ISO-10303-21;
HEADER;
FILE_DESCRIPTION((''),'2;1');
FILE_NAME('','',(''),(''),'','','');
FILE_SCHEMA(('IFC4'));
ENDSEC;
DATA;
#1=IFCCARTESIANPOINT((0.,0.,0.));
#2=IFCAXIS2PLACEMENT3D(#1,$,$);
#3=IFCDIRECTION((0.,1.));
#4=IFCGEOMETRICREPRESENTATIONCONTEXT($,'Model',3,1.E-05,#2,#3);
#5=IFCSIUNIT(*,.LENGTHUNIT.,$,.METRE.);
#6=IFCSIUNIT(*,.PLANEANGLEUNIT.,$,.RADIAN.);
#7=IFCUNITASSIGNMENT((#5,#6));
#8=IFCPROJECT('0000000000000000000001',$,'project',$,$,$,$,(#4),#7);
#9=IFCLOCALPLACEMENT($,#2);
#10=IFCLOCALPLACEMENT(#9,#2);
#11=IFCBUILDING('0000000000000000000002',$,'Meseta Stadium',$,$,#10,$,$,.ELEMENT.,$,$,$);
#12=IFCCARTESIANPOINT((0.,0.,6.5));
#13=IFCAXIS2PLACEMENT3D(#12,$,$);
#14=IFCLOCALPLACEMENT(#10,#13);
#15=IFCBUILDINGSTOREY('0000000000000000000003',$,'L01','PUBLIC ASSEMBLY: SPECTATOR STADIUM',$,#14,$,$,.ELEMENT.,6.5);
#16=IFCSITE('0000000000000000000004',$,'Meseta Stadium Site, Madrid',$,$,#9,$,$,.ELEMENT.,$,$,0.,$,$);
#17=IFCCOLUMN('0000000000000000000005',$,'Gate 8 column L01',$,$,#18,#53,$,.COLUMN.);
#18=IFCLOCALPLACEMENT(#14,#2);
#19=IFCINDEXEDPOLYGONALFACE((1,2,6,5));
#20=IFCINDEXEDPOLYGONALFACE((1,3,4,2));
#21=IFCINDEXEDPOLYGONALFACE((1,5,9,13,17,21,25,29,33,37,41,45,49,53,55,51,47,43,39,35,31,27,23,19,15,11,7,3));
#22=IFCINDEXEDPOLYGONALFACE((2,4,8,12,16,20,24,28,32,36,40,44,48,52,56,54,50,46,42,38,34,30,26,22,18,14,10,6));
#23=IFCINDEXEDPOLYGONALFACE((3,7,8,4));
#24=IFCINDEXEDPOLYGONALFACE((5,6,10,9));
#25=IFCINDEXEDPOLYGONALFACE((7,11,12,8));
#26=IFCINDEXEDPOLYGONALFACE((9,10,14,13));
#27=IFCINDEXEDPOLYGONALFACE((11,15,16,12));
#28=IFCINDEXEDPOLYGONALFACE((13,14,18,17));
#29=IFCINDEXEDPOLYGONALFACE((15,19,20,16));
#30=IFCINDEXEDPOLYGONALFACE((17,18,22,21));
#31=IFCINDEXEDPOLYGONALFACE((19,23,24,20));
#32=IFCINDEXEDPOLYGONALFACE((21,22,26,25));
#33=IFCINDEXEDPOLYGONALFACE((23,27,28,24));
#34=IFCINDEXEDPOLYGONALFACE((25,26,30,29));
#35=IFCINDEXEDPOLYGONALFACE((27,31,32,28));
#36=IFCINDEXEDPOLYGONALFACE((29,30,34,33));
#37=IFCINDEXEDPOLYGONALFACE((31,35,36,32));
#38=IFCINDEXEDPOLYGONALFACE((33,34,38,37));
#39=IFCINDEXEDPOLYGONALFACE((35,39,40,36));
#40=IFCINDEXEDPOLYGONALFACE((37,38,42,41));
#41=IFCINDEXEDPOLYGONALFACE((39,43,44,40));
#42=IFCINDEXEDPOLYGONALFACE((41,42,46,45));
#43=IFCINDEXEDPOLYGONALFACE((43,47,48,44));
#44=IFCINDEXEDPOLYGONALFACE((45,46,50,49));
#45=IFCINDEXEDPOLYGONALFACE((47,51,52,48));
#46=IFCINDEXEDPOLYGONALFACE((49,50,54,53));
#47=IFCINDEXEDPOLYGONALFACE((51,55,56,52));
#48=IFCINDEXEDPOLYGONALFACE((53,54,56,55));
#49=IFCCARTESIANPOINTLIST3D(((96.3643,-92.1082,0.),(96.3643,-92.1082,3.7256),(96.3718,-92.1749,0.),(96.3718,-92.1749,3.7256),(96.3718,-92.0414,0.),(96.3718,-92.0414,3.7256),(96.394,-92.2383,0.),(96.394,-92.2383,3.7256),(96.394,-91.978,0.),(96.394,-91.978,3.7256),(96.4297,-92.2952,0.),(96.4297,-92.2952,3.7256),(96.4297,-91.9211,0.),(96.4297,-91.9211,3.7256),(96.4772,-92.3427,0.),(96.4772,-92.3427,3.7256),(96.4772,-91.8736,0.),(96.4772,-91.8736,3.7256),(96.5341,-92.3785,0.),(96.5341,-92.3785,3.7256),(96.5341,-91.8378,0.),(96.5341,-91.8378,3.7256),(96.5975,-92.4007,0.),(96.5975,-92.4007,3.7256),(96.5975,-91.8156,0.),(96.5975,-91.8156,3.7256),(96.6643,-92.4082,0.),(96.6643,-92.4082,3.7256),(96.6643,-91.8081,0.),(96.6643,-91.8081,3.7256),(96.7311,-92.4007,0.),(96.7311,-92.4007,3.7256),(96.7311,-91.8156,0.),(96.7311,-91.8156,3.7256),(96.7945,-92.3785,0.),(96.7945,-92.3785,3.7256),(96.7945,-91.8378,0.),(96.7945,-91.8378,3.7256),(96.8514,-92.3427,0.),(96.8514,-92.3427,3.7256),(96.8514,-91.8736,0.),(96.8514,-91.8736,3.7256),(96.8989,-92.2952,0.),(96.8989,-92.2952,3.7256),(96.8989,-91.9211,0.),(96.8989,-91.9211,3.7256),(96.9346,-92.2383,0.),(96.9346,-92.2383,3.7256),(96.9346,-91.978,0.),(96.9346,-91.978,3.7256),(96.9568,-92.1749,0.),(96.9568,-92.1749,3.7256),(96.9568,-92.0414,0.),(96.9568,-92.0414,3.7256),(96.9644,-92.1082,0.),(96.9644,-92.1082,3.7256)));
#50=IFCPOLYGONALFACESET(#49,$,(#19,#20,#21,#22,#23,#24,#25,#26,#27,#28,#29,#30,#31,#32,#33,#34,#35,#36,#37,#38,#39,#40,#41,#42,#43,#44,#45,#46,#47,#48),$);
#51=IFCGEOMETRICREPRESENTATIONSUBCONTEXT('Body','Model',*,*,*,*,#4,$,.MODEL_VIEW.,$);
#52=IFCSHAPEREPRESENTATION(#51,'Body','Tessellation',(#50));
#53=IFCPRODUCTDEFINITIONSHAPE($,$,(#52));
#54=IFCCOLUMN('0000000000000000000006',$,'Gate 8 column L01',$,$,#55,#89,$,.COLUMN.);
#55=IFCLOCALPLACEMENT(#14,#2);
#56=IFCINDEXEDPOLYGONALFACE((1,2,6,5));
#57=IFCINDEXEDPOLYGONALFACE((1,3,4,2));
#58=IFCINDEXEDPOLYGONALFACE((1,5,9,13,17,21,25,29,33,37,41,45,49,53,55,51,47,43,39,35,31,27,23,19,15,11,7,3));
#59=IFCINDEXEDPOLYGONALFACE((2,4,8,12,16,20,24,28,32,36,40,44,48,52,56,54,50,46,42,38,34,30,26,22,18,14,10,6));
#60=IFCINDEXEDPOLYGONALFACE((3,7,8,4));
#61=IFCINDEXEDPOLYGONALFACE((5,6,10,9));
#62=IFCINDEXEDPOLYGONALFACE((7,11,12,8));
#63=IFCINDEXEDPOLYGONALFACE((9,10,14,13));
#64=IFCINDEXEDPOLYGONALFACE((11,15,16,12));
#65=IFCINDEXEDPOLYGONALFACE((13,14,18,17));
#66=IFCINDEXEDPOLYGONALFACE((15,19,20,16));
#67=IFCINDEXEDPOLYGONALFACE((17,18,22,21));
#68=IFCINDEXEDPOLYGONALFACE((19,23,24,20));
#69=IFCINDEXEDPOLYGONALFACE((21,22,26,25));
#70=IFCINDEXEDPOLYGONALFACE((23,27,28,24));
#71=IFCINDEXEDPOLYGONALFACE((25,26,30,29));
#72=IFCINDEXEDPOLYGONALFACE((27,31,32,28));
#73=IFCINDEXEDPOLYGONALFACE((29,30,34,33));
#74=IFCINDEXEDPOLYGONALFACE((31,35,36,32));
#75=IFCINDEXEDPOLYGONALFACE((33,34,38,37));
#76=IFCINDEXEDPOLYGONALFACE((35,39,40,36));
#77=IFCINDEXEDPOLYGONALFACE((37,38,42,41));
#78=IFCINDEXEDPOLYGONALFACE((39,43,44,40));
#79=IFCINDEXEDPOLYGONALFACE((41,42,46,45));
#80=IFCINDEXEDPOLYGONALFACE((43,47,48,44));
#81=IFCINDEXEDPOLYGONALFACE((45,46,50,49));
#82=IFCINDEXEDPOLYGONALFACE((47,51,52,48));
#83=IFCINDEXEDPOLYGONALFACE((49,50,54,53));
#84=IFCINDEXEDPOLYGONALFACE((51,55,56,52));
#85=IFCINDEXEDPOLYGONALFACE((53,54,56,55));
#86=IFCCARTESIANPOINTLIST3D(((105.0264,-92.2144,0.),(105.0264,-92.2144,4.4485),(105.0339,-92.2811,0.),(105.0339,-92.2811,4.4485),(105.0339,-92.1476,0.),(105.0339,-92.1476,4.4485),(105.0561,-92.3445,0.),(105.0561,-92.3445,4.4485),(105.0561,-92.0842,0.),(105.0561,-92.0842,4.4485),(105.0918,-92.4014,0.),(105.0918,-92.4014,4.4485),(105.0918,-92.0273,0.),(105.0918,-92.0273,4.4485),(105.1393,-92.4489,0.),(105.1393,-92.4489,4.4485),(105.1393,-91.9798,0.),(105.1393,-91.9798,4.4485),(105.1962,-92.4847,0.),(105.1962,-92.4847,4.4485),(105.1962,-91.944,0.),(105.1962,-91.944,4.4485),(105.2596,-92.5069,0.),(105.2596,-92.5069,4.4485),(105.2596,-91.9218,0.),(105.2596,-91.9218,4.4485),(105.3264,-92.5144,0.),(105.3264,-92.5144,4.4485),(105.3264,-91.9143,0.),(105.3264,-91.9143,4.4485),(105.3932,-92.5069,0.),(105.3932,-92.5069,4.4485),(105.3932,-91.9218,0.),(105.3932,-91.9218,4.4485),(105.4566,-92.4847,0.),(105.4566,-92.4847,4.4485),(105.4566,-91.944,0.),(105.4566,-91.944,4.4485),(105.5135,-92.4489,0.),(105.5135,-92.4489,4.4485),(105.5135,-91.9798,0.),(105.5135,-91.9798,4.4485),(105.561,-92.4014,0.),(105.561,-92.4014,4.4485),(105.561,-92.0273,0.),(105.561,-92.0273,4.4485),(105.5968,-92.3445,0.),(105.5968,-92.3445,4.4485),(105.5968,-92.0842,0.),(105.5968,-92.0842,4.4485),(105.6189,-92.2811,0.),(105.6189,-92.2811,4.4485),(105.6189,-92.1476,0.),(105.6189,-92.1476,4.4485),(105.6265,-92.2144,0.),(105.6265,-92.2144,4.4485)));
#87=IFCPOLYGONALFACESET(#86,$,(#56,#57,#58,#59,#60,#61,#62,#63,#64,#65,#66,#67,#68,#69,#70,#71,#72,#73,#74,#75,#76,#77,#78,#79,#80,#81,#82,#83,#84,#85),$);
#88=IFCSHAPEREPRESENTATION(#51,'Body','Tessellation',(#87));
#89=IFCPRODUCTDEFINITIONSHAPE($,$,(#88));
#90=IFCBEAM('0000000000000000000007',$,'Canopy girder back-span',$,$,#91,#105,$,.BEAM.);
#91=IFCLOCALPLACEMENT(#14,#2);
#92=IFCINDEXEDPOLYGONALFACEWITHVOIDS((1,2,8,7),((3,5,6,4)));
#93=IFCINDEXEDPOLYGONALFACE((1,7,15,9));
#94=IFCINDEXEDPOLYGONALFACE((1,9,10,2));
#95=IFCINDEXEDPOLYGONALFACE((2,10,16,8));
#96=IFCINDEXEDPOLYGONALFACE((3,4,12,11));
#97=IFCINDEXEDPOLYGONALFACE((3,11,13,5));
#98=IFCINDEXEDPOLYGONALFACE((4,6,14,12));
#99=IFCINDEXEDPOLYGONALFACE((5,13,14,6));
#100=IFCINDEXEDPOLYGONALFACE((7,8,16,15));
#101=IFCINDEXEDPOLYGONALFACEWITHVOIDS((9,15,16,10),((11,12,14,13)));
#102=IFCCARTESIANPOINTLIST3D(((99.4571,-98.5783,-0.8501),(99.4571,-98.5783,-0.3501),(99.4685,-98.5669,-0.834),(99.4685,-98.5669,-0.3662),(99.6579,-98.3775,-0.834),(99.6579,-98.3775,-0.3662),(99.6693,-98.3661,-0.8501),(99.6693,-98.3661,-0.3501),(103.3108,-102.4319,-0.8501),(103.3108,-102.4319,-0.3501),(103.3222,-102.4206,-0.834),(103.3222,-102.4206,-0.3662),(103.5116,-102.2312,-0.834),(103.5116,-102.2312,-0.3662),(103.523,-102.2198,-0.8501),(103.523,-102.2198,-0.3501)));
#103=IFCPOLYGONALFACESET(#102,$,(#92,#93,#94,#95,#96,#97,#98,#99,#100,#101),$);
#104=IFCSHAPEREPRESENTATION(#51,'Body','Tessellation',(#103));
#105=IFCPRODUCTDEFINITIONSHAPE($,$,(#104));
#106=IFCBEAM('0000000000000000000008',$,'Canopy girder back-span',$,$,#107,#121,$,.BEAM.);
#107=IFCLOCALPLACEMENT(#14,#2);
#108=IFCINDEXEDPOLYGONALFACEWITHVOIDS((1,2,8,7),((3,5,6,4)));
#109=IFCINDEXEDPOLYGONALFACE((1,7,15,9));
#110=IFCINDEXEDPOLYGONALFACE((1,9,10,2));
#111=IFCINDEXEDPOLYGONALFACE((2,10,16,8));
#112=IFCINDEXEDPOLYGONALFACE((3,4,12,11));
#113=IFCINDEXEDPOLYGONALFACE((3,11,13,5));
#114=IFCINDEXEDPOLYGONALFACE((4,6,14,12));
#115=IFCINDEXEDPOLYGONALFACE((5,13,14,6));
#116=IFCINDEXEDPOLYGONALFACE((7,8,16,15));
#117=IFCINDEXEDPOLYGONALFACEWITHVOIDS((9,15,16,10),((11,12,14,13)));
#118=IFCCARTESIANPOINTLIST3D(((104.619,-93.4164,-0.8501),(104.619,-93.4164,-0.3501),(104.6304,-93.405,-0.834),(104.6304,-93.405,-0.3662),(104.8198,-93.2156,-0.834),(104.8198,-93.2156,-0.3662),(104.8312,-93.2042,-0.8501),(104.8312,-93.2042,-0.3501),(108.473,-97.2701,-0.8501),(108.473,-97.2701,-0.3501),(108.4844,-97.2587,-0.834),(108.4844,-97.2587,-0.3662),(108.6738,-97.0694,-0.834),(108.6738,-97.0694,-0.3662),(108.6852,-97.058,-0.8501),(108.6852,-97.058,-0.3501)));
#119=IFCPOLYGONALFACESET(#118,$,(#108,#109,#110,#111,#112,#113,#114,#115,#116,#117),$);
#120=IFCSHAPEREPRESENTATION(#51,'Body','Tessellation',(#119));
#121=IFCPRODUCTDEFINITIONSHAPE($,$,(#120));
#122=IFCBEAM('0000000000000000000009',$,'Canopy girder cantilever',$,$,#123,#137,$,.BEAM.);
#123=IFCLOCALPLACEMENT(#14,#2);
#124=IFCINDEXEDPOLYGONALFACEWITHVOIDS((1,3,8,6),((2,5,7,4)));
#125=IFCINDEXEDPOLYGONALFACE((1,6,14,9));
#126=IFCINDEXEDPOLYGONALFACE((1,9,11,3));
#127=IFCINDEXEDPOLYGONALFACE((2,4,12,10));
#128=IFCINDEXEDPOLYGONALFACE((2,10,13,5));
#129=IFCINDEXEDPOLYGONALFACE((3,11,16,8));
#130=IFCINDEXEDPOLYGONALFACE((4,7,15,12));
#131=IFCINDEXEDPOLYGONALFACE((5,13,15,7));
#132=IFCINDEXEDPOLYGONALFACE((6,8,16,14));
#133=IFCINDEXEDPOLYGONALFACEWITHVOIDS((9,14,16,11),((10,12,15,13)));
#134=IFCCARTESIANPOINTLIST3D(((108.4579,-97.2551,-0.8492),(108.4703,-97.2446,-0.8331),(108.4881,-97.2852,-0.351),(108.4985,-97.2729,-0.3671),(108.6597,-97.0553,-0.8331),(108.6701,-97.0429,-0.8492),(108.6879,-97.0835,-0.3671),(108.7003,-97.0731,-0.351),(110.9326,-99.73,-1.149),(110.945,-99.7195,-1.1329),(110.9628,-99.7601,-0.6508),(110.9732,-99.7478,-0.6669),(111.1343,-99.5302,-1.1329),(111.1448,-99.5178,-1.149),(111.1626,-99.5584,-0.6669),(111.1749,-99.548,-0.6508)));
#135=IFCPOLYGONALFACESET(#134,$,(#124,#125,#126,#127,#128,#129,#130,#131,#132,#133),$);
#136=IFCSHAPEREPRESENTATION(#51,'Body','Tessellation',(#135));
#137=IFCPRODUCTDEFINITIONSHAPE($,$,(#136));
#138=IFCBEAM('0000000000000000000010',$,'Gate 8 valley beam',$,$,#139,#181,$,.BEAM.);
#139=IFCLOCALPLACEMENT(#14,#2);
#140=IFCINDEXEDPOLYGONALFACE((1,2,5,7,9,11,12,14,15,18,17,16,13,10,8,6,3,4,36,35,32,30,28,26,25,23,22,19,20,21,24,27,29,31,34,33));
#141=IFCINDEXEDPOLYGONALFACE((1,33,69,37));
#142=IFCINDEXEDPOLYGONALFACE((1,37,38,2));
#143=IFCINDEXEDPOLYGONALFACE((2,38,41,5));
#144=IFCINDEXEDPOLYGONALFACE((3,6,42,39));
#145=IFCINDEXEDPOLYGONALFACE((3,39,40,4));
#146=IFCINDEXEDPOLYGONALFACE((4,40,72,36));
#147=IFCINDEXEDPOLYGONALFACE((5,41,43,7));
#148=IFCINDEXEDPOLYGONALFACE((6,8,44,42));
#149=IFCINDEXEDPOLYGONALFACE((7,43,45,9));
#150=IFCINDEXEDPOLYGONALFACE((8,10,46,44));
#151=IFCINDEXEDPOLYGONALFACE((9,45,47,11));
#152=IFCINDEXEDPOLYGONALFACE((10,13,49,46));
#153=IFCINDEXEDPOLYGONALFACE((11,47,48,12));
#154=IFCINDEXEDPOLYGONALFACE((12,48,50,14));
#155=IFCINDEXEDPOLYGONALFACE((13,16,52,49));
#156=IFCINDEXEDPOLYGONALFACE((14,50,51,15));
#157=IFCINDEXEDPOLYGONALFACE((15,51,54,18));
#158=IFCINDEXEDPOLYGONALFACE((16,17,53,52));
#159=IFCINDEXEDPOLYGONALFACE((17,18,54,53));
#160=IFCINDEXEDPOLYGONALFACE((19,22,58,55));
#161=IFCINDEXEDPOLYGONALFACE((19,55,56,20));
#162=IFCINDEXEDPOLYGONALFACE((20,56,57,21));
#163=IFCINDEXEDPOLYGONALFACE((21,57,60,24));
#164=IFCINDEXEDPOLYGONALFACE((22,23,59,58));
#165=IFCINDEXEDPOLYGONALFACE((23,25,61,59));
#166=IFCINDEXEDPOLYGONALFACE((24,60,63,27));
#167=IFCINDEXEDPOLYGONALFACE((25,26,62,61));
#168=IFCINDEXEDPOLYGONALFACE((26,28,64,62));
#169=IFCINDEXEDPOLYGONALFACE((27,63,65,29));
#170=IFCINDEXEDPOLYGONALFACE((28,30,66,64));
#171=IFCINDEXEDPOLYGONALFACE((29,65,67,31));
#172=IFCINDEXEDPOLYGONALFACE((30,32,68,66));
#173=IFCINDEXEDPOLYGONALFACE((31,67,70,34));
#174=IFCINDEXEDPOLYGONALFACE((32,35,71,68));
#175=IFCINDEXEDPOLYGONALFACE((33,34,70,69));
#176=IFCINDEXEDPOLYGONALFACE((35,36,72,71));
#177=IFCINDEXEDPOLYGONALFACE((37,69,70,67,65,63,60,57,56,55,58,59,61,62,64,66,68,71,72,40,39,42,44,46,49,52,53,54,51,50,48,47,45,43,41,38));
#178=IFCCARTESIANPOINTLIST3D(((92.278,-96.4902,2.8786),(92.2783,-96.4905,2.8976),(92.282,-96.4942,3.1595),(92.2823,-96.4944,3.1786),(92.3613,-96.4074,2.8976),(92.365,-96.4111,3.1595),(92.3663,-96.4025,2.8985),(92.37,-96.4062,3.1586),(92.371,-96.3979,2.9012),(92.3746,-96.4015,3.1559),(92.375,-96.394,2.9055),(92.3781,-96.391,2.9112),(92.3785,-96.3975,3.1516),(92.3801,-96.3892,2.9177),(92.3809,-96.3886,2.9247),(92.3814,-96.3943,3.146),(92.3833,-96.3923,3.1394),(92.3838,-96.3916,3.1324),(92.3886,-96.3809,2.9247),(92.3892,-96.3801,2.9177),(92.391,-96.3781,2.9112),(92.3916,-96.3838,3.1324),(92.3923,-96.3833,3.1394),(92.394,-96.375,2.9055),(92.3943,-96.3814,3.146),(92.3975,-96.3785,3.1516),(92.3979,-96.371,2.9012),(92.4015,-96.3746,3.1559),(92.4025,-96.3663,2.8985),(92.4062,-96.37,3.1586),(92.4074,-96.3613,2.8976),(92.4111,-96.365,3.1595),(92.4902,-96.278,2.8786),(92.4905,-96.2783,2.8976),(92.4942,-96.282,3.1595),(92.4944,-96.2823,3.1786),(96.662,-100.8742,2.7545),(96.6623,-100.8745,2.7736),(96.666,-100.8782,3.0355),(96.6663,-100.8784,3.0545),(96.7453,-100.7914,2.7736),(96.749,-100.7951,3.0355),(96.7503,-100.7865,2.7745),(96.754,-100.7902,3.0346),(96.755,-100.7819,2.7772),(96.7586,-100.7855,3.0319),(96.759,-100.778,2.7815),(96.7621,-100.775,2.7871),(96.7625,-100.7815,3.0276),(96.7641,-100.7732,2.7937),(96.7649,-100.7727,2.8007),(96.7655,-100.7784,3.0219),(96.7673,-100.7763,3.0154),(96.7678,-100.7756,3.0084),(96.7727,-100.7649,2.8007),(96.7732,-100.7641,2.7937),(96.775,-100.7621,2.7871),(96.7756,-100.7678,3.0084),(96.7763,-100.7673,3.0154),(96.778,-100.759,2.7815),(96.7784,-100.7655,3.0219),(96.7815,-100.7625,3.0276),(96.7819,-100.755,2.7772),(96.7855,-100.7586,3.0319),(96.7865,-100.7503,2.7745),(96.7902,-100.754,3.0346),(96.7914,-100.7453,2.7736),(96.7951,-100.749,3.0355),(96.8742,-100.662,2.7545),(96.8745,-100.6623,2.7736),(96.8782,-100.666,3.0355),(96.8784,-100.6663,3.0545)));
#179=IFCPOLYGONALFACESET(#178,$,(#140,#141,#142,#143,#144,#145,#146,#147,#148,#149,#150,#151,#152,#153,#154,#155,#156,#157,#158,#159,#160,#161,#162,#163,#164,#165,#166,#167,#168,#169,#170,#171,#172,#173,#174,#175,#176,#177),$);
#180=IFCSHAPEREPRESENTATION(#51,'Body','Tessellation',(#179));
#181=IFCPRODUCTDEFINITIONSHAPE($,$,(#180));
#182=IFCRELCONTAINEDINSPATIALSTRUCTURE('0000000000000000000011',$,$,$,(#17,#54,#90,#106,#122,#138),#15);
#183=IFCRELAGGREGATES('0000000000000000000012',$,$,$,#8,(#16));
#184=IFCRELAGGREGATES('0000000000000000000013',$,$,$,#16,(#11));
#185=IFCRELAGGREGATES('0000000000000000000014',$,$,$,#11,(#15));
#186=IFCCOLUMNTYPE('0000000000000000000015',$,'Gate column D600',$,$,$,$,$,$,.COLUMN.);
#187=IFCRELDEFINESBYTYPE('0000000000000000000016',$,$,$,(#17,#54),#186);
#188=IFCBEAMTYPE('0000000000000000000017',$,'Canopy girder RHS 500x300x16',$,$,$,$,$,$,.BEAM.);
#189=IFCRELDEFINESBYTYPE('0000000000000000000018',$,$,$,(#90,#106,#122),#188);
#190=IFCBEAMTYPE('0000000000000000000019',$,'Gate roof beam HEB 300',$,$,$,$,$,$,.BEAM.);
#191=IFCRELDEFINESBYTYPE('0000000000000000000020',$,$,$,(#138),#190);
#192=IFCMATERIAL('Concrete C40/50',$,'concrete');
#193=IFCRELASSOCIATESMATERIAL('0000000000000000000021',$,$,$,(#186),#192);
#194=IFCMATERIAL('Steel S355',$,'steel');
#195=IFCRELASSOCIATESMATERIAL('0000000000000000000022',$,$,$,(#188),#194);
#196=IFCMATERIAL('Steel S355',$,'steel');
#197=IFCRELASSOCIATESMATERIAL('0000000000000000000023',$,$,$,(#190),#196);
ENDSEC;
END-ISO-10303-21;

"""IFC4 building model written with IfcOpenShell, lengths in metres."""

from ifc_helpers import new_model, si_unit, direction, frame, origin, origin_2d, place, context, subcontext, project, spatial, hollow_rectangle, circle, i_section, extrude, material, material_profile, profile_set, type_object, element, save


model = new_model("IFC4")

# Units and contexts
model_context = context("Model", 3, precision=1e-05, world=origin(), true_north=direction((0.0, 1.0)))
body_context = subcontext(model_context, "Body", "Model", "MODEL_VIEW")
ifc_project = project(units=[si_unit("LENGTHUNIT", "METRE"), si_unit("PLANEANGLEUNIT", "RADIAN")], contexts=[model_context])

# Site, building, storey
site_placement = place(None, origin())
site = spatial("IfcSite", under=ifc_project, at=site_placement, Name="Meseta Stadium Site, Madrid", CompositionType="ELEMENT", RefElevation=0.0)
building_placement = place(site_placement, origin())
building = spatial("IfcBuilding", under=site, at=building_placement, Name="Meseta Stadium", CompositionType="ELEMENT")
storey_placement = place(building_placement, frame((0.0, 0.0, 6.5)))
storey = spatial("IfcBuildingStorey", under=building, at=storey_placement, Name="L01", Description="PUBLIC ASSEMBLY: SPECTATOR STADIUM", CompositionType="ELEMENT", Elevation=6.5)

# Columns
ifc_material_1 = material(Name="Concrete C40/50", Category="concrete")
ifc_material_profile_1 = material_profile(ifc_material_1, circle(Radius=0.3, at=origin_2d()), Name="RC D600")
ifc_profile_set_1 = profile_set([ifc_material_profile_1], Name="Concrete C40/50")
column_type = type_object("IfcColumnType", Name="Gate column D600", PredefinedType="COLUMN", material=ifc_profile_set_1)
column_1_placement = place(storey_placement, frame((96.6643, -92.1082, 0.0), z_axis=(0.0, 0.0, 1.0), x_axis=(1.0, 0.0, 0.0)))
element("IfcColumn", 1, at=column_1_placement, inside=storey, type_object=column_type, Name="Gate 8 column L01", PredefinedType="COLUMN", context=body_context, shape_type="SweptSolid", body=[
    extrude(circle(Radius=0.3, at=origin_2d()), origin(), (0.0, 0.0, 1.0), 3.7256),
])
column_2_placement = place(storey_placement, frame((105.3264, -92.2144, 0.0), z_axis=(0.0, 0.0, 1.0), x_axis=(1.0, 0.0, 0.0)))
element("IfcColumn", 2, at=column_2_placement, inside=storey, type_object=column_type, Name="Gate 8 column L01", PredefinedType="COLUMN", context=body_context, shape_type="SweptSolid", body=[
    extrude(circle(Radius=0.3, at=origin_2d()), origin(), (0.0, 0.0, 1.0), 4.4485),
])

# Beams
ifc_material_2 = material(Name="Steel S355", Category="steel")
ifc_material_profile_2 = material_profile(ifc_material_2, hollow_rectangle(XDim=0.3, YDim=0.5, WallThickness=0.0161, at=origin_2d()), Name="RHS 500x300x16")
ifc_profile_set_2 = profile_set([ifc_material_profile_2], Name="Steel S355")
beam_type_1 = type_object("IfcBeamType", Name="Canopy girder RHS 500x300x16", PredefinedType="BEAM", material=ifc_profile_set_2)
beam_1_placement = place(storey_placement, frame((99.5632, -98.4722, -0.6001), z_axis=(0.707107, -0.707107, 0.0), x_axis=(0.707107, 0.707107, 0.0)))
element("IfcBeam", 3, at=beam_1_placement, inside=storey, type_object=beam_type_1, Name="Canopy girder back-span", PredefinedType="BEAM", context=body_context, shape_type="SweptSolid", body=[
    extrude(hollow_rectangle(XDim=0.3, YDim=0.5, WallThickness=0.0161, at=origin_2d()), origin(), (0.0, 0.0, 1.0), 5.45),
])
beam_2_placement = place(storey_placement, frame((104.7251, -93.3103, -0.6001), z_axis=(0.707129, -0.707084, 0.0), x_axis=(0.707084, 0.707129, 0.0)))
element("IfcBeam", 4, at=beam_2_placement, inside=storey, type_object=beam_type_1, Name="Canopy girder back-span", PredefinedType="BEAM", context=body_context, shape_type="SweptSolid", body=[
    extrude(hollow_rectangle(XDim=0.3, YDim=0.5, WallThickness=0.0161, at=origin_2d()), origin(), (0.0, 0.0, 1.0), 5.4502),
])
beam_3_placement = place(storey_placement, frame((108.5791, -97.1641, -0.6001), z_axis=(0.704492, -0.704561, -0.085351), x_axis=(0.707142, 0.707072, 0.0)))
element("IfcBeam", 5, at=beam_3_placement, inside=storey, type_object=beam_type_1, Name="Canopy girder cantilever", PredefinedType="BEAM", context=body_context, shape_type="SweptSolid", body=[
    extrude(hollow_rectangle(XDim=0.3, YDim=0.5, WallThickness=0.0161, at=origin_2d()), origin(), (0.0, 0.0, 1.0), 3.5127),
])
ifc_material_3 = material(Name="Steel S355", Category="steel")
ifc_material_profile_3 = material_profile(ifc_material_3, i_section(OverallWidth=0.3, OverallDepth=0.3, WebThickness=0.011, FlangeThickness=0.019, FilletRadius=0.0271, at=origin_2d()), Name="HEB 300")
ifc_profile_set_3 = profile_set([ifc_material_profile_3], Name="Steel S355")
beam_type_2 = type_object("IfcBeamType", Name="Gate roof beam HEB 300", PredefinedType="BEAM", material=ifc_profile_set_3)
beam_4_placement = place(storey_placement, frame((92.3862, -96.3862, 3.0286), z_axis=(0.706965, -0.706965, -0.02), x_axis=(0.707107, 0.707107, 0.0)))
element("IfcBeam", 6, at=beam_4_placement, inside=storey, type_object=beam_type_2, Name="Gate 8 valley beam", PredefinedType="BEAM", context=body_context, shape_type="SweptSolid", body=[
    extrude(i_section(OverallWidth=0.3, OverallDepth=0.3, WebThickness=0.011, FlangeThickness=0.019, FilletRadius=0.0271, at=origin_2d()), origin(), (0.0, 0.0, 1.0), 6.2012),
])

save(model, "model.ifc")
